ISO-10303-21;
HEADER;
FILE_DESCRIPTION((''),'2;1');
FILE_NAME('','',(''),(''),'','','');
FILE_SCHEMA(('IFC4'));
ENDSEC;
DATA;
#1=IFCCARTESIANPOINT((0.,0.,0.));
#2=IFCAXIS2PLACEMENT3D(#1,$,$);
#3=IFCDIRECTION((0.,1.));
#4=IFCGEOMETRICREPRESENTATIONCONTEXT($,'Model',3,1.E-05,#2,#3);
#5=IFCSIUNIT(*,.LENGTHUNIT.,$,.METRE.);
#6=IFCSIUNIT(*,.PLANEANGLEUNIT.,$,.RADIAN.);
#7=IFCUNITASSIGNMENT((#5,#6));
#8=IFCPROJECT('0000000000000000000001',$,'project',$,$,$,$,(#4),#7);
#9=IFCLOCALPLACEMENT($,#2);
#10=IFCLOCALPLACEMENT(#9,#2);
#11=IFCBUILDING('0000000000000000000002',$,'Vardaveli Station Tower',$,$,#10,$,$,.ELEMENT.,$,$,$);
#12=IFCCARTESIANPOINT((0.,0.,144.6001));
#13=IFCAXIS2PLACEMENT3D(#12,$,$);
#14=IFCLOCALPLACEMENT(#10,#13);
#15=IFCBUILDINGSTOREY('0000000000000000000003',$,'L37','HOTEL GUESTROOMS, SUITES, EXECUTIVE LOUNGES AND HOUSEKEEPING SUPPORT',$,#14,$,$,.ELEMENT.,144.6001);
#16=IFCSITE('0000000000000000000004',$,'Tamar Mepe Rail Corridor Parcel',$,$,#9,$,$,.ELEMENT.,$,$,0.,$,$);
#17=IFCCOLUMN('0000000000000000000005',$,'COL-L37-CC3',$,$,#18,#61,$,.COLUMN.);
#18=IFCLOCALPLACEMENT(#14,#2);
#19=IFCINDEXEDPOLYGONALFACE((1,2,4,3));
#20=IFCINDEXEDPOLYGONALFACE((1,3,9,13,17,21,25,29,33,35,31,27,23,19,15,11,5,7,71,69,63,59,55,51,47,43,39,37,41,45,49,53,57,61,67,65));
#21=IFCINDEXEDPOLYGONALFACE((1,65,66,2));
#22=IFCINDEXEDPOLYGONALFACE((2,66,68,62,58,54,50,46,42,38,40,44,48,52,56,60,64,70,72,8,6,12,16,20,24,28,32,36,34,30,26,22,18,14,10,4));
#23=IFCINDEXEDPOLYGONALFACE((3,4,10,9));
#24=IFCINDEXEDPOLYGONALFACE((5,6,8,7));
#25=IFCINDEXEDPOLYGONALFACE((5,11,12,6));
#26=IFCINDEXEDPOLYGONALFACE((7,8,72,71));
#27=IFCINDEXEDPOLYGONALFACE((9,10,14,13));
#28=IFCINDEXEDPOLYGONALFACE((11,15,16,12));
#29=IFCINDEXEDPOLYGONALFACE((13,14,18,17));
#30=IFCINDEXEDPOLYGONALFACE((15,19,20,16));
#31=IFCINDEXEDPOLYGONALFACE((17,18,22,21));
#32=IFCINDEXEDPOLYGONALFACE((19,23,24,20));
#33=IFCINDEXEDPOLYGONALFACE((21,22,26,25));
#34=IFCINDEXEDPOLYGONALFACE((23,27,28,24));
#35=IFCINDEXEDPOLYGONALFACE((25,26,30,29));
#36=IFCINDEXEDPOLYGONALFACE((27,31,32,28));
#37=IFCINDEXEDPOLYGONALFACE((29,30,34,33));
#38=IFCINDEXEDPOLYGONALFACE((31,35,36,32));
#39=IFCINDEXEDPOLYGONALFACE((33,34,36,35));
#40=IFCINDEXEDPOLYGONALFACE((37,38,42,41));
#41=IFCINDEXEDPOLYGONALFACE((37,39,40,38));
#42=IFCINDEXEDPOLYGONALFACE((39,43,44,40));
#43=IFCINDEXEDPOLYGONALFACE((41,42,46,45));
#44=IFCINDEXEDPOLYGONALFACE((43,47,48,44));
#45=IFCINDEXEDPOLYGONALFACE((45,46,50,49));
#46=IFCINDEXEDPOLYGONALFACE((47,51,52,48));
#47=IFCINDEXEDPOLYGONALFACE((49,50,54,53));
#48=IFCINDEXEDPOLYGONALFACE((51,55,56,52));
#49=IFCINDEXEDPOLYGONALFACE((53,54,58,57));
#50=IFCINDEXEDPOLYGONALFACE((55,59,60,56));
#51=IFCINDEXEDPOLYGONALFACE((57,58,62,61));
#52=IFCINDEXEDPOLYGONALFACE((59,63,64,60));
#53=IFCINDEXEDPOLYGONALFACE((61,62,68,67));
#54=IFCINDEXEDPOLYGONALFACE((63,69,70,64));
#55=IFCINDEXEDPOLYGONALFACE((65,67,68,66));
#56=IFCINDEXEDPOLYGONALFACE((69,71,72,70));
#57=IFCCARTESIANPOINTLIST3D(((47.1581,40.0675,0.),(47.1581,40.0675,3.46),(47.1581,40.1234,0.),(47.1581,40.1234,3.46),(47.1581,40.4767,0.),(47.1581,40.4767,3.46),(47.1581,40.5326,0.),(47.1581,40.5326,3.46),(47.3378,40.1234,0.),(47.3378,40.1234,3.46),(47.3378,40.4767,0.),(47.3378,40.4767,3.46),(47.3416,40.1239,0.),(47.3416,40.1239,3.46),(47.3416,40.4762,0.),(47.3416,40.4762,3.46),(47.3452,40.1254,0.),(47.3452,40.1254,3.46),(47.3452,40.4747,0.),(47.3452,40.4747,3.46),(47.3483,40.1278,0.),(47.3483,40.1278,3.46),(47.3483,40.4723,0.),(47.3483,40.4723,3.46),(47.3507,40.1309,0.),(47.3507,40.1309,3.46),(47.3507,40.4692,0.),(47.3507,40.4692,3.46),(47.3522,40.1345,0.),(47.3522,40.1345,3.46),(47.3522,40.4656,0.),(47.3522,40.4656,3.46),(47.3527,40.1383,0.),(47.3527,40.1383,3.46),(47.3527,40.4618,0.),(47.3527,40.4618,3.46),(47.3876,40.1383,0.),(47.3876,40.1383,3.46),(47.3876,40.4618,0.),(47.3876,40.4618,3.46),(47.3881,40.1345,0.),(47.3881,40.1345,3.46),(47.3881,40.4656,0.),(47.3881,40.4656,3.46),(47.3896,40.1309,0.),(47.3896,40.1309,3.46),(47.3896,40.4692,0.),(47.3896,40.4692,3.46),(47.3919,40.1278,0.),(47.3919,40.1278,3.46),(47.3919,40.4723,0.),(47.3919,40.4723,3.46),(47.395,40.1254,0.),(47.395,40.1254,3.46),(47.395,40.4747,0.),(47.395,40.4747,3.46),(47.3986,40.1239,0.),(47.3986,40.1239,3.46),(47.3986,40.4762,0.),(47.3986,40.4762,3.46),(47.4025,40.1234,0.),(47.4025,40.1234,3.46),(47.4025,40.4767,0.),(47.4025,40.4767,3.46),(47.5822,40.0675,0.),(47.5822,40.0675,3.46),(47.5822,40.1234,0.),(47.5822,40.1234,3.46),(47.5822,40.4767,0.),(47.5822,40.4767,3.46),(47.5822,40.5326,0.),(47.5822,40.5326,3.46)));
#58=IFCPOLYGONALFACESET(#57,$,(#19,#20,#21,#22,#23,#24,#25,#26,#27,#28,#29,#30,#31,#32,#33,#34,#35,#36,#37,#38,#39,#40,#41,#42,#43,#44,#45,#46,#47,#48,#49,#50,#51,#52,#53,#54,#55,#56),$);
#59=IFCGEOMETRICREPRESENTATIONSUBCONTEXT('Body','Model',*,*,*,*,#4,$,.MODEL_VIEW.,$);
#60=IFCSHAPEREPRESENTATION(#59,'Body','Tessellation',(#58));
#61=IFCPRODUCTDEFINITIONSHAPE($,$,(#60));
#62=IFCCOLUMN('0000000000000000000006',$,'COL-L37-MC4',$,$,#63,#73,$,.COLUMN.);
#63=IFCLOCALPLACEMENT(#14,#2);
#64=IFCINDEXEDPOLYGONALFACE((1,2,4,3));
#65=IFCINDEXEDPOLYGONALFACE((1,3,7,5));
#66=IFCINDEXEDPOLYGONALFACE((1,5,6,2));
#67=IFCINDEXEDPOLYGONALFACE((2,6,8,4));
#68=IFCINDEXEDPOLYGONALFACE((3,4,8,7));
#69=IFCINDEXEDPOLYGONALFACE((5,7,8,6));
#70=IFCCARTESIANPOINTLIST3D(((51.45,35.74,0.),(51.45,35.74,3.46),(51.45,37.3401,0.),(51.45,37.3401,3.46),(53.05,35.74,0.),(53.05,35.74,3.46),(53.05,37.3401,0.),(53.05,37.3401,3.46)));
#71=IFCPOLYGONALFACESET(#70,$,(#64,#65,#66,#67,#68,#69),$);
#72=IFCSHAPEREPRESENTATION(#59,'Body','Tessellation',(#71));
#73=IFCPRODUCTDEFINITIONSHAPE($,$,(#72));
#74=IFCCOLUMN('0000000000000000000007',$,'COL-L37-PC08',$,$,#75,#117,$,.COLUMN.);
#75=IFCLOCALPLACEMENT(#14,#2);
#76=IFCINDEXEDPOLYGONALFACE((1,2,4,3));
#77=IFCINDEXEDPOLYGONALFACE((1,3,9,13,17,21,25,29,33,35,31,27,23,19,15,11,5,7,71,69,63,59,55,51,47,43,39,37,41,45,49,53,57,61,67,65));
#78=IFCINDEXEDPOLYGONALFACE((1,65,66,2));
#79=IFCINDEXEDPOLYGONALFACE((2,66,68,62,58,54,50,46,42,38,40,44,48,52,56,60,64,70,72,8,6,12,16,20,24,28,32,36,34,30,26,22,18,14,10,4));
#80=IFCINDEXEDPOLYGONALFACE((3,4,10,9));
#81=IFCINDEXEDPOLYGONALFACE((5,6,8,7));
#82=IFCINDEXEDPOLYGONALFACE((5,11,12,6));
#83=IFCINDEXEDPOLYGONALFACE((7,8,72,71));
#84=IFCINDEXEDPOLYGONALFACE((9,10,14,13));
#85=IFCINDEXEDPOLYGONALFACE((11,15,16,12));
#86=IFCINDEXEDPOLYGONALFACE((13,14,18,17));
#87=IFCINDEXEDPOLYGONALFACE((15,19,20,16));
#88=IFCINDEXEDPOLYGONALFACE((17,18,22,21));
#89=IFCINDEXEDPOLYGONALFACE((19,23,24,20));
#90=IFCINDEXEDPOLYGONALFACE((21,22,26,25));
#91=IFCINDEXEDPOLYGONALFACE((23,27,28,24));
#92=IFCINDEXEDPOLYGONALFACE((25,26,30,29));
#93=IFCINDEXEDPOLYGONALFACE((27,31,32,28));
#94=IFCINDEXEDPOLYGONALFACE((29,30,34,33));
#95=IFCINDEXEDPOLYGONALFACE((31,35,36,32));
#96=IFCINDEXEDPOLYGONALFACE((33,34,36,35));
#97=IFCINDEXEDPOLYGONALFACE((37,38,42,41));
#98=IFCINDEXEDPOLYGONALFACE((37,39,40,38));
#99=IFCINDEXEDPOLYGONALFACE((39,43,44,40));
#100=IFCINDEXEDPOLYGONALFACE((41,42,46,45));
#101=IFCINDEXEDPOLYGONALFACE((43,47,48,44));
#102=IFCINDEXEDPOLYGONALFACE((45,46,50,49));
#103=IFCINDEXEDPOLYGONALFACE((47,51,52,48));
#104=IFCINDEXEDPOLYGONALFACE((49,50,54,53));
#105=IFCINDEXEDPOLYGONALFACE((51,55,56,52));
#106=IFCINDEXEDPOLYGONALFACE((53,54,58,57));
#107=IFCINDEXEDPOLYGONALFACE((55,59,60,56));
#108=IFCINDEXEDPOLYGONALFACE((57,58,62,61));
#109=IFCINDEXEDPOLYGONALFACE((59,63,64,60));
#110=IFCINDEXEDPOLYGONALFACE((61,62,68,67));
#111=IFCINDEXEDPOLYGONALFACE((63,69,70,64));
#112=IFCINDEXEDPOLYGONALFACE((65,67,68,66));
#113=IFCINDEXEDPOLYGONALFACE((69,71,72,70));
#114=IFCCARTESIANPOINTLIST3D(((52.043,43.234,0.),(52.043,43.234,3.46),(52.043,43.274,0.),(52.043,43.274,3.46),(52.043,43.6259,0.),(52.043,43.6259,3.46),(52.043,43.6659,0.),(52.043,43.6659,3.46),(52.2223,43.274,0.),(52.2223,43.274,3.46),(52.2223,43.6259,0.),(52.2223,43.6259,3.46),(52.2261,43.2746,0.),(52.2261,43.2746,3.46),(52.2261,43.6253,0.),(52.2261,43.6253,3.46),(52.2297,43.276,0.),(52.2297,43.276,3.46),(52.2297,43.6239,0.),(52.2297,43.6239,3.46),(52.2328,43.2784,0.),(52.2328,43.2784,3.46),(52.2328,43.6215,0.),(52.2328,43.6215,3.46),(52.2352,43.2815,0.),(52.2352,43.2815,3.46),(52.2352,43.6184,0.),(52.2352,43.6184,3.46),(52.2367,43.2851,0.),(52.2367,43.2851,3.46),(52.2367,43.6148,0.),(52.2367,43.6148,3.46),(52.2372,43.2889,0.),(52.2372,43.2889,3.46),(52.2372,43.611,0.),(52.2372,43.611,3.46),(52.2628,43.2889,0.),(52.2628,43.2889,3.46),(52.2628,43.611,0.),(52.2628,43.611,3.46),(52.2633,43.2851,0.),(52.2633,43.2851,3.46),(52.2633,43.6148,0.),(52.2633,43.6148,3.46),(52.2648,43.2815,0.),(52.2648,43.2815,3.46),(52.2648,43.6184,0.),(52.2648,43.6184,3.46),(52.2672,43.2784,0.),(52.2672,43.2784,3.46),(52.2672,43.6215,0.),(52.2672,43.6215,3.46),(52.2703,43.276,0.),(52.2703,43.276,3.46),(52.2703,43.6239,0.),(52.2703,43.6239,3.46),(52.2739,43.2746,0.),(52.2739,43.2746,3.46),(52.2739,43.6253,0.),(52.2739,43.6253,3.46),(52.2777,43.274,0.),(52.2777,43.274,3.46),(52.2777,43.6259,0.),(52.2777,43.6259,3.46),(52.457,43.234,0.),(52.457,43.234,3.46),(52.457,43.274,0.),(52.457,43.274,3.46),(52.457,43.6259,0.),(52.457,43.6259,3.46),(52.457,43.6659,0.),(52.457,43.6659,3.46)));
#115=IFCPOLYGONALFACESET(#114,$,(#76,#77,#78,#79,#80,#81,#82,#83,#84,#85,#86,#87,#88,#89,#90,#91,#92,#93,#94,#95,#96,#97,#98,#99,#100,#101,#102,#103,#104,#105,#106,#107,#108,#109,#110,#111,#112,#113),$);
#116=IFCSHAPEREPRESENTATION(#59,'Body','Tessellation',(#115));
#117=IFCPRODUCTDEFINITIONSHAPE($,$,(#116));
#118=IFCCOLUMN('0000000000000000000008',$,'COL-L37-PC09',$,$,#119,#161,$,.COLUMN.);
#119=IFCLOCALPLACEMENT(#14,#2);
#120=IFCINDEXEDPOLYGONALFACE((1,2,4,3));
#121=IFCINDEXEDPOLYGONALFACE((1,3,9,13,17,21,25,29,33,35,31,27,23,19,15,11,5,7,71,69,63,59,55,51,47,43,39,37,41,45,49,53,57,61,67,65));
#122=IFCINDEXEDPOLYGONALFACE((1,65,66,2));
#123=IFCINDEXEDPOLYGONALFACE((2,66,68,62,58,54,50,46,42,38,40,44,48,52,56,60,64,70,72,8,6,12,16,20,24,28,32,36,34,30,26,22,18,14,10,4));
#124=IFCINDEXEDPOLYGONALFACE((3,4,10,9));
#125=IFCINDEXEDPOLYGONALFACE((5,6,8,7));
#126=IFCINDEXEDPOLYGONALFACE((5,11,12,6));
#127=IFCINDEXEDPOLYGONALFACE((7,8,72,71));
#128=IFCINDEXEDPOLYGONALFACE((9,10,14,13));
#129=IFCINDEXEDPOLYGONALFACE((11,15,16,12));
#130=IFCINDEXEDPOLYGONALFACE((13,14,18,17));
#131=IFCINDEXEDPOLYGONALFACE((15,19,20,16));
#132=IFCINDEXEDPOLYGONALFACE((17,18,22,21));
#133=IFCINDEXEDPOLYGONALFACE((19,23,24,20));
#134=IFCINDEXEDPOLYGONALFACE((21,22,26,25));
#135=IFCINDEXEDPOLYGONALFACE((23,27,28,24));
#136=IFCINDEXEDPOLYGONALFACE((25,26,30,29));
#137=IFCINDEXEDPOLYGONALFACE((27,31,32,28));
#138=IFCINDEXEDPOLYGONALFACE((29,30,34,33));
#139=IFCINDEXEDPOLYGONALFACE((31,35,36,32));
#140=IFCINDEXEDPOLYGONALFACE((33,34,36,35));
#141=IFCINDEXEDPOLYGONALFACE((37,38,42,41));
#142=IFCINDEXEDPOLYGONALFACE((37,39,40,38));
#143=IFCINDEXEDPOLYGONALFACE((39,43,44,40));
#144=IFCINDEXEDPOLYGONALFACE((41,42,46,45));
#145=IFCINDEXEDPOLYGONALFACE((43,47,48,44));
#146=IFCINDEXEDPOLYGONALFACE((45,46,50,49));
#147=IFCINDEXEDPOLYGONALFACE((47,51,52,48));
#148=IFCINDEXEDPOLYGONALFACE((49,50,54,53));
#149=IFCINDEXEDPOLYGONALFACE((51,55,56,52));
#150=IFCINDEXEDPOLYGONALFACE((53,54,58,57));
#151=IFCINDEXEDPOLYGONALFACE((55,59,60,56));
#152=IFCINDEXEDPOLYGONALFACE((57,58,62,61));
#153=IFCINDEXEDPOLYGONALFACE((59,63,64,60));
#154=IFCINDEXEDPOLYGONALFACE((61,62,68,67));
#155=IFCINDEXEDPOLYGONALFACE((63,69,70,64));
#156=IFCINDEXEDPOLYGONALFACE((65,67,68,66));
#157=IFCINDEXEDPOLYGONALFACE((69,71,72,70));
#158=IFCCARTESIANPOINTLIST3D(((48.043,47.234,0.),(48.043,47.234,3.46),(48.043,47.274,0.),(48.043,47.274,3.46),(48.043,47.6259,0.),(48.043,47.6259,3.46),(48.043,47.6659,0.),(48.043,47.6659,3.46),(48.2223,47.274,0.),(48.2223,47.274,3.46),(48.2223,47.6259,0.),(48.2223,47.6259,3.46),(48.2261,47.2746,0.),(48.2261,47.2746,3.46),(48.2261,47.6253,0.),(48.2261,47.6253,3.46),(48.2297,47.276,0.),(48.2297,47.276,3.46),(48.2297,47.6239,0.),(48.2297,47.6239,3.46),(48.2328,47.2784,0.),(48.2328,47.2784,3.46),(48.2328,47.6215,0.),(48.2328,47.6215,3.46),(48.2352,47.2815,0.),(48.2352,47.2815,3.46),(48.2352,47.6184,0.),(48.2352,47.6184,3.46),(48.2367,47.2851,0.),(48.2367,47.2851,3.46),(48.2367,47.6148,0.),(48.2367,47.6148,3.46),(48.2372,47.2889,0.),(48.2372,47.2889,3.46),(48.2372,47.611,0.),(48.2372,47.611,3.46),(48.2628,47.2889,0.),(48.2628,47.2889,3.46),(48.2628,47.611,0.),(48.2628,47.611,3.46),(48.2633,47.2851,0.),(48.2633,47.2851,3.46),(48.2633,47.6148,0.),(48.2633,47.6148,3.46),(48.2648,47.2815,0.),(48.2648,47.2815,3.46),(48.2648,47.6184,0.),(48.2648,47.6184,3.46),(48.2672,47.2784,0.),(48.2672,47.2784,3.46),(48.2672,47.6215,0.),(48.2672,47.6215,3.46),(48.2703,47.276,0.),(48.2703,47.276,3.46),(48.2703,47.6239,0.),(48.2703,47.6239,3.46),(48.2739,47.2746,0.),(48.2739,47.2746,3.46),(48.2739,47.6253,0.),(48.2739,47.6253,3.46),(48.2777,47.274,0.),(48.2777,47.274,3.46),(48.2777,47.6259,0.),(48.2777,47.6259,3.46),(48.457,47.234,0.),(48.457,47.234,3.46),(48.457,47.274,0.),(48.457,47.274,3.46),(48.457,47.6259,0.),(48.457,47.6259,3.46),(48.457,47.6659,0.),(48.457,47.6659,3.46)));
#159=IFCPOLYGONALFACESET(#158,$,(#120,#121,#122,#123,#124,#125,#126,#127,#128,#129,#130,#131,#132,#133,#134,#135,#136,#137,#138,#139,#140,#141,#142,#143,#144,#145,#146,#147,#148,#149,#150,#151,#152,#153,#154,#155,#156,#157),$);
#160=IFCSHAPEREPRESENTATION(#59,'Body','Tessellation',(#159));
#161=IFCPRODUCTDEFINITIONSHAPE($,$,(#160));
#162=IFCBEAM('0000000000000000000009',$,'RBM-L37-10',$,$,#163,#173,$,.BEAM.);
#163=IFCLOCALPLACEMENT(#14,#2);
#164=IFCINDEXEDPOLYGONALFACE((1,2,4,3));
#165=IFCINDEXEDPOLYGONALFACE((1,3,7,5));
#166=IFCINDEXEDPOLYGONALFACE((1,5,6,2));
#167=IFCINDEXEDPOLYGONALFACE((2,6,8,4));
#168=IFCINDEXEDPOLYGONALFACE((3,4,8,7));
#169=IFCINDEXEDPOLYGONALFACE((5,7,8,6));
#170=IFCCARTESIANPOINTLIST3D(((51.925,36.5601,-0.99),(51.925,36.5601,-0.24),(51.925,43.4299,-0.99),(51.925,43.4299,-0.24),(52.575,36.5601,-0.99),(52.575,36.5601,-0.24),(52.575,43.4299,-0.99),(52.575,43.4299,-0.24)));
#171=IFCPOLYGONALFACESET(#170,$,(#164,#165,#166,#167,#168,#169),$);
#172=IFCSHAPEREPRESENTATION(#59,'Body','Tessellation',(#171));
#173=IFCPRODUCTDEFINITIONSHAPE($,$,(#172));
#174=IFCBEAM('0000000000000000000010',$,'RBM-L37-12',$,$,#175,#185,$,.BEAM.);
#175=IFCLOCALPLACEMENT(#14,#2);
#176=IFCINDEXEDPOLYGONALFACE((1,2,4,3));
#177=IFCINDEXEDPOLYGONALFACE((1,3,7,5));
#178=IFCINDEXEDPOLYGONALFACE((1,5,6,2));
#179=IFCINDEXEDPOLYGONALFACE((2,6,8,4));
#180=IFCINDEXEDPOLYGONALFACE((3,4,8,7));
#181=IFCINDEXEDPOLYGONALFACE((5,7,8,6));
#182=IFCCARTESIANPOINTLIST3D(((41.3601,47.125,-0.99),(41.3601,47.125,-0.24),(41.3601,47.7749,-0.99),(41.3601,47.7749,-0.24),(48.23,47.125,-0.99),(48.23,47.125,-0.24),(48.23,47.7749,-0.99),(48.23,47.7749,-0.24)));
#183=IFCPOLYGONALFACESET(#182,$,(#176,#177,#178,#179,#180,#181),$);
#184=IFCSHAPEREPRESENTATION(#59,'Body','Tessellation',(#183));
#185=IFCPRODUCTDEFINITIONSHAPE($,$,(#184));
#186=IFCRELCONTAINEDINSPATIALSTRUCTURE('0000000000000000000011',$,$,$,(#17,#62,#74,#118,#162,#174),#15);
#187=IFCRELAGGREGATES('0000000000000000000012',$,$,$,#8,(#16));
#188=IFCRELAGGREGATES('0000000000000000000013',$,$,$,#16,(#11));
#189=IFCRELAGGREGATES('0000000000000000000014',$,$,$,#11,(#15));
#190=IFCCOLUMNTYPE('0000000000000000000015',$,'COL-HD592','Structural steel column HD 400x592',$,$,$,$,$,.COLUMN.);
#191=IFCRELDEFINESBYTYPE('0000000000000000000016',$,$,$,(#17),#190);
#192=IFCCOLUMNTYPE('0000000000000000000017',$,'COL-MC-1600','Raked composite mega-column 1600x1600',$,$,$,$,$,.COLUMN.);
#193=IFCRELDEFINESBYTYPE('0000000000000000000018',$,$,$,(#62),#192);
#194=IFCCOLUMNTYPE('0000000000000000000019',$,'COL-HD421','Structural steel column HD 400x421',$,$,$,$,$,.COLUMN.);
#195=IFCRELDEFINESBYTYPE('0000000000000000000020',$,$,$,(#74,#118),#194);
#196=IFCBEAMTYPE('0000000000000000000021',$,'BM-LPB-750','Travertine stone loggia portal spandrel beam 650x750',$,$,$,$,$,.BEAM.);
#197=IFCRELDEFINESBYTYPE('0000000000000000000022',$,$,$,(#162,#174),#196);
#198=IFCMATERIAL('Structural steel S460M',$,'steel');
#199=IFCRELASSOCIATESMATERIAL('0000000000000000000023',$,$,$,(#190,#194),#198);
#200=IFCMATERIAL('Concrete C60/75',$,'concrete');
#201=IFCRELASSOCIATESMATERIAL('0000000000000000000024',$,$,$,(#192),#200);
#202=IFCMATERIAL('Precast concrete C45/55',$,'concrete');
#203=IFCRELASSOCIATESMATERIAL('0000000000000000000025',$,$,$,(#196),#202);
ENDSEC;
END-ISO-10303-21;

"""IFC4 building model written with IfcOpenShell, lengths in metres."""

from ifc_helpers import new_model, si_unit, direction, frame, origin, origin_2d, place, context, subcontext, project, spatial, rectangle, i_section, extrude, source, transform, mapped, material, material_profile, profile_set, type_object, element, save


model = new_model("IFC4")

# Units and contexts
model_context = context("Model", 3, precision=1e-05, world=origin(), true_north=direction((0.0, 1.0)))
body_context = subcontext(model_context, "Body", "Model", "MODEL_VIEW")
ifc_project = project(units=[si_unit("LENGTHUNIT", "METRE"), si_unit("PLANEANGLEUNIT", "RADIAN")], contexts=[model_context])

# Site, building, storey
site_placement = place(None, origin())
site = spatial("IfcSite", under=ifc_project, at=site_placement, Name="Tamar Mepe Rail Corridor Parcel", CompositionType="ELEMENT", RefElevation=0.0)
building_placement = place(site_placement, origin())
building = spatial("IfcBuilding", under=site, at=building_placement, Name="Vardaveli Station Tower", CompositionType="ELEMENT")
storey_placement = place(building_placement, frame((0.0, 0.0, 144.6001)))
storey = spatial("IfcBuildingStorey", under=building, at=storey_placement, Name="L37", Description="HOTEL GUESTROOMS, SUITES, EXECUTIVE LOUNGES AND HOUSEKEEPING SUPPORT", CompositionType="ELEMENT", Elevation=144.6001)

# Columns
ifc_material_1 = material(Name="Structural steel S460M", Category="steel")
ifc_material_profile_1 = material_profile(ifc_material_1, i_section(OverallWidth=0.4241, OverallDepth=0.4651, WebThickness=0.0349, FlangeThickness=0.0559, FilletRadius=0.0149, at=origin_2d()), Name="HD 400x592")
ifc_profile_set_1 = profile_set([ifc_material_profile_1], Name="Structural steel S460M")
column_type_1 = type_object("IfcColumnType", Name="COL-HD592", Description="Structural steel column HD 400x592", PredefinedType="COLUMN", material=ifc_profile_set_1)
shared_shape_1 = source(origin(), body_context, "Body", "SweptSolid", [
    extrude(i_section(OverallWidth=0.4241, OverallDepth=0.4651, WebThickness=0.0349, FlangeThickness=0.0559, FilletRadius=0.0149, at=origin_2d()), origin(), (0.0, 0.0, 1.0), 3.46),
])
column_1_placement = place(storey_placement, frame((47.3701, 40.3, 0.0), z_axis=(0.0, 0.0, 1.0), x_axis=(1.0, 0.0, 0.0)))
element("IfcColumn", 1, at=column_1_placement, inside=storey, type_object=column_type_1, Name="COL-L37-CC3", PredefinedType="COLUMN", context=body_context, shape_type="MappedRepresentation", body=[
    mapped(shared_shape_1, transform((0.0, 0.0, 0.0), scale=1.0)),
])
ifc_material_2 = material(Name="Concrete C60/75", Category="concrete")
ifc_material_profile_2 = material_profile(ifc_material_2, rectangle(XDim=1.6001, YDim=1.6001, at=origin_2d()), Name="MC 1600x1600")
ifc_profile_set_2 = profile_set([ifc_material_profile_2], Name="Concrete C60/75")
column_type_2 = type_object("IfcColumnType", Name="COL-MC-1600", Description="Raked composite mega-column 1600x1600", PredefinedType="COLUMN", material=ifc_profile_set_2)
shared_shape_2 = source(origin(), body_context, "Body", "SweptSolid", [
    extrude(rectangle(XDim=1.6001, YDim=1.6001, at=origin_2d()), origin(), (0.0, 0.0, 1.0), 3.46),
])
column_2_placement = place(storey_placement, frame((52.25, 36.54, 0.0), z_axis=(0.0, 0.0, 1.0), x_axis=(1.0, 0.0, 0.0)))
element("IfcColumn", 2, at=column_2_placement, inside=storey, type_object=column_type_2, Name="COL-L37-MC4", PredefinedType="COLUMN", context=body_context, shape_type="MappedRepresentation", body=[
    mapped(shared_shape_2, transform((0.0, 0.0, 0.0), scale=1.0)),
])
ifc_material_profile_3 = material_profile(ifc_material_1, i_section(OverallWidth=0.4141, OverallDepth=0.4319, WebThickness=0.0256, FlangeThickness=0.04, FilletRadius=0.0149, at=origin_2d()), Name="HD 400x421")
ifc_profile_set_3 = profile_set([ifc_material_profile_3], Name="Structural steel S460M")
column_type_3 = type_object("IfcColumnType", Name="COL-HD421", Description="Structural steel column HD 400x421", PredefinedType="COLUMN", material=ifc_profile_set_3)
shared_shape_3 = source(origin(), body_context, "Body", "SweptSolid", [
    extrude(i_section(OverallWidth=0.4141, OverallDepth=0.4319, WebThickness=0.0256, FlangeThickness=0.04, FilletRadius=0.0149, at=origin_2d()), origin(), (0.0, 0.0, 1.0), 3.46),
])
for number, where, z_axis, x_axis, name in (
    (3, (52.25, 43.45, 0.0), (0.0, 0.0, 1.0), (1.0, 0.0, 0.0), "COL-L37-PC08"),
    (4, (48.25, 47.45, 0.0), (0.0, 0.0, 1.0), (1.0, 0.0, 0.0), "COL-L37-PC09"),
):
    element("IfcColumn", number, at=place(storey_placement, frame(where, z_axis=z_axis, x_axis=x_axis)), inside=storey, type_object=column_type_3, Name=name, PredefinedType="COLUMN", context=body_context, shape_type="MappedRepresentation", body=[
        mapped(shared_shape_3, transform((0.0, 0.0, 0.0), scale=1.0)),
    ])

# Beams
ifc_material_3 = material(Name="Precast concrete C45/55", Category="concrete")
ifc_material_profile_4 = material_profile(ifc_material_3, rectangle(XDim=0.6499, YDim=0.75, at=origin_2d()), Name="LPB 650x750")
ifc_profile_set_4 = profile_set([ifc_material_profile_4], Name="Precast concrete C45/55")
beam_type = type_object("IfcBeamType", Name="BM-LPB-750", Description="Travertine stone loggia portal spandrel beam 650x750", PredefinedType="BEAM", material=ifc_profile_set_4)
shared_shape_4 = source(origin(), body_context, "Body", "SweptSolid", [
    extrude(rectangle(XDim=0.6499, YDim=0.75, at=origin_2d()), origin(), (0.0, 0.0, 1.0), 6.8699),
])
for number, where, z_axis, x_axis, name in (
    (5, (52.25, 36.5601, -0.615), (0.0, 1.0, 0.0), (-1.0, 0.0, 0.0), "RBM-L37-10"),
    (6, (48.23, 47.45, -0.615), (-1.0, 0.0, 0.0), (0.0, -1.0, 0.0), "RBM-L37-12"),
):
    element("IfcBeam", number, at=place(storey_placement, frame(where, z_axis=z_axis, x_axis=x_axis)), inside=storey, type_object=beam_type, Name=name, PredefinedType="BEAM", context=body_context, shape_type="MappedRepresentation", body=[
        mapped(shared_shape_4, transform((0.0, 0.0, 0.0), scale=1.0)),
    ])

save(model, "model.ifc")
